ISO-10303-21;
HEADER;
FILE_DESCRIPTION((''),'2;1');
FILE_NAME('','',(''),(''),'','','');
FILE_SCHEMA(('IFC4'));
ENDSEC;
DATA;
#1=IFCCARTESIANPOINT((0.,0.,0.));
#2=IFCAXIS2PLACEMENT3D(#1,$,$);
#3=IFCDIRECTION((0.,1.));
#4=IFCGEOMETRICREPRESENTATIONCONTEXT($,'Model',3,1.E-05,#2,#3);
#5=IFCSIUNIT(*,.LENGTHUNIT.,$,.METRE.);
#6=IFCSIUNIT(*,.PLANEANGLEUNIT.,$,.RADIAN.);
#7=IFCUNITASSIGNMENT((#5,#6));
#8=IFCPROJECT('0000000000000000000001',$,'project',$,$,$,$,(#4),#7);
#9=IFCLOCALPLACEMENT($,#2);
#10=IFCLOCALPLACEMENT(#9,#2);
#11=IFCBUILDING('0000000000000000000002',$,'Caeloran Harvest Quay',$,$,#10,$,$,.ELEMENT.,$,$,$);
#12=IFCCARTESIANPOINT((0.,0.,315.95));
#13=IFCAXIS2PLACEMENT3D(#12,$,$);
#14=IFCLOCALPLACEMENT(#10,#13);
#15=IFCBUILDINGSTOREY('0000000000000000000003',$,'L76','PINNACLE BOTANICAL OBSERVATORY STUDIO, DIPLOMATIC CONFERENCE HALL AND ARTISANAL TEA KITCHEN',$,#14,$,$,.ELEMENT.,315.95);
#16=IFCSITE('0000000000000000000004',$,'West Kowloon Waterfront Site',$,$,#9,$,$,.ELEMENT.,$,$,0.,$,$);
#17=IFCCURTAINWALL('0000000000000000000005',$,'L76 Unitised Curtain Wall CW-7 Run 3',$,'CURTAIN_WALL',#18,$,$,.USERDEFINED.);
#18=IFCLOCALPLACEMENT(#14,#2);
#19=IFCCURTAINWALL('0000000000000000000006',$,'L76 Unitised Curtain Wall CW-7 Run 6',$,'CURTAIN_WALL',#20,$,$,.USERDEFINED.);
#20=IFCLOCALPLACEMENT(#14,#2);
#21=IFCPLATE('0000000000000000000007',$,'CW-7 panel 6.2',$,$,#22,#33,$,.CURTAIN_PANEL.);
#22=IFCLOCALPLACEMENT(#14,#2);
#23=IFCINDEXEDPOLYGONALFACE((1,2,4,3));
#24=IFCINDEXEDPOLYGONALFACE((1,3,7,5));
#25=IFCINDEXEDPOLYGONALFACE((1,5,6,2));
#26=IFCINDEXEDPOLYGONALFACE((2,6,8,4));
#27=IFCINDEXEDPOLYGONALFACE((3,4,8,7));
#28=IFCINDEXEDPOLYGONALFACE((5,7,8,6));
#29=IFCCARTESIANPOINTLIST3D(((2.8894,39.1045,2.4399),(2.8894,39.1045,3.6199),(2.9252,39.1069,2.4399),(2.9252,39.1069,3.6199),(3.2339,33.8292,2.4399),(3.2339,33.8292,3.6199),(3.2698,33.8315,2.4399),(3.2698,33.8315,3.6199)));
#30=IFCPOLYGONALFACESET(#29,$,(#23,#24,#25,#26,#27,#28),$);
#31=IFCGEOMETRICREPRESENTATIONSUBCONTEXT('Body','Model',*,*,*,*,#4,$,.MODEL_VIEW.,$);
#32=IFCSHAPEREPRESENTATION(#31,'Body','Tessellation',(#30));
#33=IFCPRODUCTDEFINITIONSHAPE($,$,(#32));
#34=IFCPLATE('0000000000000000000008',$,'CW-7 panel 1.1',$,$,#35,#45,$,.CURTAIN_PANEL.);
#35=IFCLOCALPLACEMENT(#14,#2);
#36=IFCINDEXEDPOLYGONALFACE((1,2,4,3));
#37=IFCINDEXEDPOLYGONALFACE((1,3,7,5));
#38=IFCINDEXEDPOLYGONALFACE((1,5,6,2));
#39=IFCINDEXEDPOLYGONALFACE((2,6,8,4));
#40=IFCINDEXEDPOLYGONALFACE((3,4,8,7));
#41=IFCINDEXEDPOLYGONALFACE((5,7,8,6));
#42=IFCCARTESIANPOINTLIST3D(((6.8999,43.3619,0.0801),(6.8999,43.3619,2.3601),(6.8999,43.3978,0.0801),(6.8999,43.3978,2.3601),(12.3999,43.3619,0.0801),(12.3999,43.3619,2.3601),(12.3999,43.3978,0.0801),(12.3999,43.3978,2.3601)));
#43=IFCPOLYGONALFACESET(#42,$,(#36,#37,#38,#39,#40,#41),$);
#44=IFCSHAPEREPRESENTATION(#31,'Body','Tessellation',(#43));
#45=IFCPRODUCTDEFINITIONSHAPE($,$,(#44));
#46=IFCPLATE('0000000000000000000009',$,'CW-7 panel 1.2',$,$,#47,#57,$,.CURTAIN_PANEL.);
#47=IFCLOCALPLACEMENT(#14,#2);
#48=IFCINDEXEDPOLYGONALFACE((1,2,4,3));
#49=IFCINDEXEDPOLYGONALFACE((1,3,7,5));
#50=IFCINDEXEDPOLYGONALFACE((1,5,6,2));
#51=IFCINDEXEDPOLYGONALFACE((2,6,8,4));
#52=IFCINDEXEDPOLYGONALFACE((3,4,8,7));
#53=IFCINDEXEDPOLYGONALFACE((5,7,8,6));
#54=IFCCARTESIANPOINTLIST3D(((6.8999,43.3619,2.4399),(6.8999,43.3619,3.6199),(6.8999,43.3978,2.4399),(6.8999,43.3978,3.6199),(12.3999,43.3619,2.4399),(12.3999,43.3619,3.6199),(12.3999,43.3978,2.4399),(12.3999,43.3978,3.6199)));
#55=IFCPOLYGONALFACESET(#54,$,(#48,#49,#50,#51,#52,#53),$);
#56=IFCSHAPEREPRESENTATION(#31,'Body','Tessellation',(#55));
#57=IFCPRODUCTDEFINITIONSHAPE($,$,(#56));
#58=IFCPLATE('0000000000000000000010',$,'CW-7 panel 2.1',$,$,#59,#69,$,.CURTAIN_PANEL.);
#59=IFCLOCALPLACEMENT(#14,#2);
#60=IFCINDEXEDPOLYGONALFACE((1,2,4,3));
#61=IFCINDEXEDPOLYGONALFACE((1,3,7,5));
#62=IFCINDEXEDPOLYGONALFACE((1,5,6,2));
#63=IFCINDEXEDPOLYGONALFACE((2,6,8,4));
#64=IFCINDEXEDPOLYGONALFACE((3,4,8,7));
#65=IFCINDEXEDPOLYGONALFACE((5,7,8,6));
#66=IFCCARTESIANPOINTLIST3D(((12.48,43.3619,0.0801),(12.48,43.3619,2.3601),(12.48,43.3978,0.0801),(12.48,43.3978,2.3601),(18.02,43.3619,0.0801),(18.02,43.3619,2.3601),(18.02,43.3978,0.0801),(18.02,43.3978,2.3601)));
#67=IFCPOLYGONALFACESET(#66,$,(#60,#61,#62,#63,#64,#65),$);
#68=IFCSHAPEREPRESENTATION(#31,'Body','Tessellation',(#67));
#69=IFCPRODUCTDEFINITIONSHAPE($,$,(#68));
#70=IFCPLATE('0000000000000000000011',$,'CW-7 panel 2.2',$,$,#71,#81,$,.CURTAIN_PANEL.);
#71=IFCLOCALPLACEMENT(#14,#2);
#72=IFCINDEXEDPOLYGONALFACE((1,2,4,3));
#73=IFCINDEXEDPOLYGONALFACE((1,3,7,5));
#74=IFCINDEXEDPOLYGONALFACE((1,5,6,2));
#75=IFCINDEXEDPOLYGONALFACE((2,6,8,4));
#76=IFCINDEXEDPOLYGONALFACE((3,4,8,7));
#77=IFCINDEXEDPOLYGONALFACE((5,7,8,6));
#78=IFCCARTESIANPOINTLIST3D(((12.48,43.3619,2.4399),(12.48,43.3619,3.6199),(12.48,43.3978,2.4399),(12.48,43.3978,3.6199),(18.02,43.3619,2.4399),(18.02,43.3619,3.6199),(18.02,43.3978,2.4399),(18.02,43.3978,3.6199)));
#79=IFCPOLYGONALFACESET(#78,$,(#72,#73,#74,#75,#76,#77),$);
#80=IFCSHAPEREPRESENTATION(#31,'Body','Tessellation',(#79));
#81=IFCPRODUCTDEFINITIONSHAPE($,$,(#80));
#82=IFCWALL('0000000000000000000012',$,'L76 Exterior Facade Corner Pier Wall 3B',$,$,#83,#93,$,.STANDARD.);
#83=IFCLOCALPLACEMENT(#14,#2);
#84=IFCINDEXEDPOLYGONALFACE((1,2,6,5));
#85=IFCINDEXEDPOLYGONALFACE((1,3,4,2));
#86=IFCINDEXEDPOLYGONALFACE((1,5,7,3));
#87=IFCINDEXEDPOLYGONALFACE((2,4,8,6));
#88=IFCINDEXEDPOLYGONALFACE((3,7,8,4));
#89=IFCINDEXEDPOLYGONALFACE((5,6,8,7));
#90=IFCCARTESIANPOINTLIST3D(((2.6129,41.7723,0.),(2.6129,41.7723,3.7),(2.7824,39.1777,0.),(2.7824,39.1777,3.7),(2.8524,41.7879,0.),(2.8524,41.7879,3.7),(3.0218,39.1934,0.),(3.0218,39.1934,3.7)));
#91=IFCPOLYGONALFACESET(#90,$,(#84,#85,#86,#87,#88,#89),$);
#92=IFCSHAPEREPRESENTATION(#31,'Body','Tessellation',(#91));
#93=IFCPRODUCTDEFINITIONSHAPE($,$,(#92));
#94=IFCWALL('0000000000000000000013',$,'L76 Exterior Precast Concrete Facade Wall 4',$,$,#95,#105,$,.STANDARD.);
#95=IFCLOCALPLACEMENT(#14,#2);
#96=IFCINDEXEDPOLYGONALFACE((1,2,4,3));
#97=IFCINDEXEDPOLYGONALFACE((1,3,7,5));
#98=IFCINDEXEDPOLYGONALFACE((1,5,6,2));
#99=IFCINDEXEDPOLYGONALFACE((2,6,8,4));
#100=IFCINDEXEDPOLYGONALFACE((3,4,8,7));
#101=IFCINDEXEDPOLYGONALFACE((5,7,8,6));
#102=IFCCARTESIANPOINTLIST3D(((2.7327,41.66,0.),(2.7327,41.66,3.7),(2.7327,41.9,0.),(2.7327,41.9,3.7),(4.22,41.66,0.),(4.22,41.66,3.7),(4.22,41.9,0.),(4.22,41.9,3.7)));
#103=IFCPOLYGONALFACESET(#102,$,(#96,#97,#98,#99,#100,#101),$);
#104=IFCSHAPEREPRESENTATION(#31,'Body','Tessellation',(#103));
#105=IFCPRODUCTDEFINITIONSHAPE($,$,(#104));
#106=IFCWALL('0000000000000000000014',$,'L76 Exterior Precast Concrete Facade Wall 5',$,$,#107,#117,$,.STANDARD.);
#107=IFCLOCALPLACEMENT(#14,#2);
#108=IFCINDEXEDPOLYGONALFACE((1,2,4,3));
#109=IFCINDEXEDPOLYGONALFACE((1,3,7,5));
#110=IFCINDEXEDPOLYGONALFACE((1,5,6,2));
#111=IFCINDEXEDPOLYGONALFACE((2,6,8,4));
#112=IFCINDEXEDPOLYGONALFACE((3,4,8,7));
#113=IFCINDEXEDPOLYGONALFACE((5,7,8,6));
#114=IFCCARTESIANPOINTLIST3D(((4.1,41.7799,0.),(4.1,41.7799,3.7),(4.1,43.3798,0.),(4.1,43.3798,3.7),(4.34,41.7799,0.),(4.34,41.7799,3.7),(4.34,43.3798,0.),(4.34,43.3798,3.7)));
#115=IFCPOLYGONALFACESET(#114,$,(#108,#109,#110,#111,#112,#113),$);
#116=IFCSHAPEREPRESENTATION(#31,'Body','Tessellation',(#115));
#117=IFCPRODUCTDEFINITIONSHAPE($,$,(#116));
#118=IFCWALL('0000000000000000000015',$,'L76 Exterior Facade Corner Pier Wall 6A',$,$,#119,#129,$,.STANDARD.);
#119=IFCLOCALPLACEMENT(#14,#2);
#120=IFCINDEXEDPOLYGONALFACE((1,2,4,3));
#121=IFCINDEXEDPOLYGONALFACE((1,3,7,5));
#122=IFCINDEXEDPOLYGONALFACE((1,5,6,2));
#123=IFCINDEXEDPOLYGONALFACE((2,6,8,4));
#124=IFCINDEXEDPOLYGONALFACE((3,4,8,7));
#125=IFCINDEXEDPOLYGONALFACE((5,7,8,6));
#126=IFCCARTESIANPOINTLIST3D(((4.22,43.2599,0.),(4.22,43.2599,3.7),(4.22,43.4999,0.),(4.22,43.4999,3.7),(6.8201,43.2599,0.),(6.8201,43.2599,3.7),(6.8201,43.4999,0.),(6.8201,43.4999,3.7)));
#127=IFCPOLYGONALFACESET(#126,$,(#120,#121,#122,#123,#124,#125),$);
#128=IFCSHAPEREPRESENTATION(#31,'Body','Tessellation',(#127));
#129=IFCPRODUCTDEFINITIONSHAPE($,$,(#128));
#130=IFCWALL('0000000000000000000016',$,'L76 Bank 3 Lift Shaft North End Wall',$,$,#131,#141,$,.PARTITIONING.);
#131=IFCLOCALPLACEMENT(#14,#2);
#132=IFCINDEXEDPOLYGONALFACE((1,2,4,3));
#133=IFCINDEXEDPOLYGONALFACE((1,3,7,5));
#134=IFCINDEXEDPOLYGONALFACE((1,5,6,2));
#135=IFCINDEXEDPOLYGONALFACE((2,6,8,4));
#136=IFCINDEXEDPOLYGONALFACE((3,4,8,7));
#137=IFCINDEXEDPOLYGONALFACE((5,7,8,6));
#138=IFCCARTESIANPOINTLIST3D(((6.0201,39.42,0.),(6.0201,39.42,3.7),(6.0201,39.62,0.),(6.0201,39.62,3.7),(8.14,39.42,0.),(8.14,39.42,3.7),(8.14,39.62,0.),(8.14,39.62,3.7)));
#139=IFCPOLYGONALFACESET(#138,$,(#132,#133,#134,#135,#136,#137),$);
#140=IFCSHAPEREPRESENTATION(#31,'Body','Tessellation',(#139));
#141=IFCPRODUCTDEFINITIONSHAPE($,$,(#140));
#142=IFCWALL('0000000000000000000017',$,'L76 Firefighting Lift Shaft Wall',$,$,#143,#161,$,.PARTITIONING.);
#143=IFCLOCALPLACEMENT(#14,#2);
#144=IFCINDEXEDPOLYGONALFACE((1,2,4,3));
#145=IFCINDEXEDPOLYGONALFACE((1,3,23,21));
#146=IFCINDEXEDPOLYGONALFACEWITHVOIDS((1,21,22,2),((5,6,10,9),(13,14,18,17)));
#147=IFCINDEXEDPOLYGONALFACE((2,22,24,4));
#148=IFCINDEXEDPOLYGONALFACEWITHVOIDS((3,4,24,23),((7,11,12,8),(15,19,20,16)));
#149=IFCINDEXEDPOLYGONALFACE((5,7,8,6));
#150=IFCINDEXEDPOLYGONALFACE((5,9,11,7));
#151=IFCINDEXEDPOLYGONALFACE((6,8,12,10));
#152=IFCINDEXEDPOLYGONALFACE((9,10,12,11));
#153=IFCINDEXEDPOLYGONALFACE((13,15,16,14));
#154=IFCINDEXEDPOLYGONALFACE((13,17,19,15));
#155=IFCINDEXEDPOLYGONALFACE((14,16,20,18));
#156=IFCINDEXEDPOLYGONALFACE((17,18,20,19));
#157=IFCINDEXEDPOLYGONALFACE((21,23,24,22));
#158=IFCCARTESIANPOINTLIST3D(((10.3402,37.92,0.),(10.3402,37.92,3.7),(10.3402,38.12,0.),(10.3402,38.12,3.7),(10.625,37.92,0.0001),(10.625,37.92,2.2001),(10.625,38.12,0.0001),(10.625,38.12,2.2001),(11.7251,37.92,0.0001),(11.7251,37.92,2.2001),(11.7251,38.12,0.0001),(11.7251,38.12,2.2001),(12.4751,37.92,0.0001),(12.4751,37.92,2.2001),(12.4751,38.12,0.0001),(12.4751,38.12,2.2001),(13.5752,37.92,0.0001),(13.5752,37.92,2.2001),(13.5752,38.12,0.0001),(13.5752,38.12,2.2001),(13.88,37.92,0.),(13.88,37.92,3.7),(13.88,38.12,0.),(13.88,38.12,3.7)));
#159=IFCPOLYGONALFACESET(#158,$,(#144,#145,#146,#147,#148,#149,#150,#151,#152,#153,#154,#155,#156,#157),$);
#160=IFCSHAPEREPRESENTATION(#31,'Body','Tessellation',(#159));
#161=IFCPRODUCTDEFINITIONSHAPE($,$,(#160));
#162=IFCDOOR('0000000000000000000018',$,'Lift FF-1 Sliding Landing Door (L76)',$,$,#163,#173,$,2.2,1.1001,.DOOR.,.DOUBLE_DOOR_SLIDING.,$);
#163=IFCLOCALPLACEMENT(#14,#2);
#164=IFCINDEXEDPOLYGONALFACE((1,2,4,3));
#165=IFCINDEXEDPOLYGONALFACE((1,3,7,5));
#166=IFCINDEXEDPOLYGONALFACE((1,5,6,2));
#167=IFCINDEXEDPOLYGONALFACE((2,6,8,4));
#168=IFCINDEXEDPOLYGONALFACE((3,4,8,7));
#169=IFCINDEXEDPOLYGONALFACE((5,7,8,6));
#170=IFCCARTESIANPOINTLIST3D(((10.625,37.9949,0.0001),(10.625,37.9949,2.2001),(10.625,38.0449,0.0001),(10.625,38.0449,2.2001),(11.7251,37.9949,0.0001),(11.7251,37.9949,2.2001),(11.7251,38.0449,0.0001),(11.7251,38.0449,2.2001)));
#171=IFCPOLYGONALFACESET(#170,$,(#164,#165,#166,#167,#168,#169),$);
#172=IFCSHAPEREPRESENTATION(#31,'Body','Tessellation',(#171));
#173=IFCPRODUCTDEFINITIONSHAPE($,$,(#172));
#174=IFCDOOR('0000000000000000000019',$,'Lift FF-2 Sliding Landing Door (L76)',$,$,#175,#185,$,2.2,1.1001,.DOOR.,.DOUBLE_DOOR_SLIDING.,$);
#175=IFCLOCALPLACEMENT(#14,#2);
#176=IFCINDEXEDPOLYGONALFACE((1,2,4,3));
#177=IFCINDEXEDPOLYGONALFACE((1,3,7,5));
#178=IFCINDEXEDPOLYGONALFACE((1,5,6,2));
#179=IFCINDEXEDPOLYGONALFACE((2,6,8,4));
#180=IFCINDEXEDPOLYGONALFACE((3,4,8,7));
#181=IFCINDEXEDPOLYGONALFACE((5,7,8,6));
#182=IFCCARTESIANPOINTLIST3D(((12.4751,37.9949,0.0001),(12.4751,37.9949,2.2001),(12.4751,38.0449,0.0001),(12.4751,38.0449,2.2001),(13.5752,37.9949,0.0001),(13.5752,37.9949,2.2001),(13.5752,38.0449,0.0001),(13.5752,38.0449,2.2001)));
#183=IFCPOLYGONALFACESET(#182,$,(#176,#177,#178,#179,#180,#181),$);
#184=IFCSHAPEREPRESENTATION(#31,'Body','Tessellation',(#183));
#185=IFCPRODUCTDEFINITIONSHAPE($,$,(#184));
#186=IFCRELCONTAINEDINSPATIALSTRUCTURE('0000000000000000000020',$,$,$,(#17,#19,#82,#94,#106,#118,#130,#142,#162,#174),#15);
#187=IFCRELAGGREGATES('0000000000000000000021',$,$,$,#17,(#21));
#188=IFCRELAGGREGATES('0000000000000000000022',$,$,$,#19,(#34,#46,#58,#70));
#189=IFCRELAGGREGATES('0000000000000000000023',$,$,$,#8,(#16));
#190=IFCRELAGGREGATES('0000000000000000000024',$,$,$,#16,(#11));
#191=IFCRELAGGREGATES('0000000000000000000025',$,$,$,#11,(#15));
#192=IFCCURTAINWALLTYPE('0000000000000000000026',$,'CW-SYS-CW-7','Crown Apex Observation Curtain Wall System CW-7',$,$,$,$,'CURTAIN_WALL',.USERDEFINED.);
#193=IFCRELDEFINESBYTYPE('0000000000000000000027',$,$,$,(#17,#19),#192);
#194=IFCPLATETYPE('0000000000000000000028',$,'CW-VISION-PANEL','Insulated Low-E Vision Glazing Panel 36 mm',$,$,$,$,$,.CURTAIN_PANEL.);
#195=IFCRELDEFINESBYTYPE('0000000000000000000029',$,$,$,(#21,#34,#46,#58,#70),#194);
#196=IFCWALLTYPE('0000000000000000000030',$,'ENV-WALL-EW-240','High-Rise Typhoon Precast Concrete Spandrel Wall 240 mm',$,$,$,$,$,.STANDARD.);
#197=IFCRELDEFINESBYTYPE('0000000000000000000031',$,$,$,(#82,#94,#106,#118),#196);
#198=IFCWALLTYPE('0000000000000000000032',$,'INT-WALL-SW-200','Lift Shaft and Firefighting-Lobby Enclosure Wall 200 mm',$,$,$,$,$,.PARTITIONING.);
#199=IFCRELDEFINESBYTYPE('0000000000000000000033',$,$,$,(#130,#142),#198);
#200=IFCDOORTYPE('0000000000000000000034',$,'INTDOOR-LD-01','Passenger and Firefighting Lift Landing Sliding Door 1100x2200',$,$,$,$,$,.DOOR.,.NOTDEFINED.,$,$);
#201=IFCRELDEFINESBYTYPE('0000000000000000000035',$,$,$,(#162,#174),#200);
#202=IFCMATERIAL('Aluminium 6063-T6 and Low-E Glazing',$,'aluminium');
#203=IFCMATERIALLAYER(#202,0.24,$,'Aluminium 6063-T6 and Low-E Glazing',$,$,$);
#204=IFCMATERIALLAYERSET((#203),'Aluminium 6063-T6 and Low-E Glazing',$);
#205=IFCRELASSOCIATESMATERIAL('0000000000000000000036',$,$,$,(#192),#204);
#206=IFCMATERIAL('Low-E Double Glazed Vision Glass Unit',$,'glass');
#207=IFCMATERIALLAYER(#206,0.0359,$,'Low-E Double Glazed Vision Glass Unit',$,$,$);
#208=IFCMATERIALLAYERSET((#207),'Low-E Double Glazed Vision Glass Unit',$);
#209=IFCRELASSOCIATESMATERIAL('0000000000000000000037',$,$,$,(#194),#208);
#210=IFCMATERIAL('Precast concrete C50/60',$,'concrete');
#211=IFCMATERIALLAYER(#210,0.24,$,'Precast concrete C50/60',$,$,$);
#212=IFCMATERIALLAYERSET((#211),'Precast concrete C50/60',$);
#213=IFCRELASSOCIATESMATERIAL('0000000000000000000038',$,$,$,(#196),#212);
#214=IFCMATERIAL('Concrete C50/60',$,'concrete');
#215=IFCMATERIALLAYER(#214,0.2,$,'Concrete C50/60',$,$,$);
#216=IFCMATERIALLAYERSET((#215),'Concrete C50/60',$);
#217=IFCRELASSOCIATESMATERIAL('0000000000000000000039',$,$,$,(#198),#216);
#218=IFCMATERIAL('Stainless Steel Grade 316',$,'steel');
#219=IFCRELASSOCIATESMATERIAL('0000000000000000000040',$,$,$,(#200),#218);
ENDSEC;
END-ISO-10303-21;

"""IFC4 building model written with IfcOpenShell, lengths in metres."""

from ifc_helpers import new_model, si_unit, direction, frame, frame_2d, origin, origin_2d, place, context, subcontext, project, spatial, rectangle, extrude, material, layer, layer_set, type_object, element, fill, aggregate, save


model = new_model("IFC4")

# Units and contexts
model_context = context("Model", 3, precision=1e-05, world=origin(), true_north=direction((0.0, 1.0)))
body_context = subcontext(model_context, "Body", "Model", "MODEL_VIEW")
ifc_project = project(units=[si_unit("LENGTHUNIT", "METRE"), si_unit("PLANEANGLEUNIT", "RADIAN")], contexts=[model_context])

# Site, building, storey
site_placement = place(None, origin())
site = spatial("IfcSite", under=ifc_project, at=site_placement, Name="West Kowloon Waterfront Site", CompositionType="ELEMENT", RefElevation=0.0)
building_placement = place(site_placement, origin())
building = spatial("IfcBuilding", under=site, at=building_placement, Name="Caeloran Harvest Quay", CompositionType="ELEMENT")
storey_placement = place(building_placement, frame((0.0, 0.0, 315.95)))
storey = spatial("IfcBuildingStorey", under=building, at=storey_placement, Name="L76", Description="PINNACLE BOTANICAL OBSERVATORY STUDIO, DIPLOMATIC CONFERENCE HALL AND ARTISANAL TEA KITCHEN", CompositionType="ELEMENT", Elevation=315.95)

# Curtain walls
ifc_material_1 = material(Name="Aluminium 6063-T6 and Low-E Glazing", Category="aluminium")
ifc_layer_1 = layer(ifc_material_1, 0.24, Name="Aluminium 6063-T6 and Low-E Glazing")
ifc_layer_set_1 = layer_set([ifc_layer_1], Name="Aluminium 6063-T6 and Low-E Glazing")
curtain_wall_type = type_object("IfcCurtainWallType", Name="CW-SYS-CW-7", Description="Crown Apex Observation Curtain Wall System CW-7", ElementType="CURTAIN_WALL", PredefinedType="USERDEFINED", material=ifc_layer_set_1)
curtain_wall_1_placement = place(storey_placement, origin())
curtain_wall_1 = element("IfcCurtainWall", 1, at=curtain_wall_1_placement, inside=storey, type_object=curtain_wall_type, Name="L76 Unitised Curtain Wall CW-7 Run 3", ObjectType="CURTAIN_WALL", PredefinedType="USERDEFINED")
curtain_wall_2_placement = place(storey_placement, origin())
curtain_wall_2 = element("IfcCurtainWall", 2, at=curtain_wall_2_placement, inside=storey, type_object=curtain_wall_type, Name="L76 Unitised Curtain Wall CW-7 Run 6", ObjectType="CURTAIN_WALL", PredefinedType="USERDEFINED")

# Plates
ifc_material_2 = material(Name="Low-E Double Glazed Vision Glass Unit", Category="glass")
ifc_layer_2 = layer(ifc_material_2, 0.0359, Name="Low-E Double Glazed Vision Glass Unit")
ifc_layer_set_2 = layer_set([ifc_layer_2], Name="Low-E Double Glazed Vision Glass Unit")
plate_type = type_object("IfcPlateType", Name="CW-VISION-PANEL", Description="Insulated Low-E Vision Glazing Panel 36 mm", PredefinedType="CURTAIN_PANEL", material=ifc_layer_set_2)
plate_1_placement = place(storey_placement, frame((3.0796, 36.468, 2.4399), z_axis=(0.0, 0.0, 1.0), x_axis=(-0.065167, 0.997874, 0.0)))
plate_1 = element("IfcPlate", 3, at=plate_1_placement, type_object=plate_type, Name="CW-7 panel 6.2", PredefinedType="CURTAIN_PANEL", context=body_context, shape_type="SweptSolid", body=[
    extrude(rectangle(XDim=5.2866, YDim=0.0359, at=origin_2d()), origin(), (0.0, 0.0, 1.0), 1.1799),
])
aggregate(curtain_wall_1, [plate_1])
plate_2_placement = place(storey_placement, frame((9.6499, 43.3799, 0.0801), z_axis=(0.0, 0.0, 1.0), x_axis=(1.0, 0.0, 0.0)))
plate_2 = element("IfcPlate", 4, at=plate_2_placement, type_object=plate_type, Name="CW-7 panel 1.1", PredefinedType="CURTAIN_PANEL", context=body_context, shape_type="SweptSolid", body=[
    extrude(rectangle(XDim=5.5, YDim=0.0359, at=origin_2d()), origin(), (0.0, 0.0, 1.0), 2.28),
])
plate_3_placement = place(storey_placement, frame((9.6499, 43.3799, 2.4399), z_axis=(0.0, 0.0, 1.0), x_axis=(1.0, 0.0, 0.0)))
plate_3 = element("IfcPlate", 5, at=plate_3_placement, type_object=plate_type, Name="CW-7 panel 1.2", PredefinedType="CURTAIN_PANEL", context=body_context, shape_type="SweptSolid", body=[
    extrude(rectangle(XDim=5.5, YDim=0.0359, at=origin_2d()), origin(), (0.0, 0.0, 1.0), 1.1799),
])
plate_4_placement = place(storey_placement, frame((15.25, 43.3799, 0.0801), z_axis=(0.0, 0.0, 1.0), x_axis=(1.0, 0.0, 0.0)))
plate_4 = element("IfcPlate", 6, at=plate_4_placement, type_object=plate_type, Name="CW-7 panel 2.1", PredefinedType="CURTAIN_PANEL", context=body_context, shape_type="SweptSolid", body=[
    extrude(rectangle(XDim=5.54, YDim=0.0359, at=origin_2d()), origin(), (0.0, 0.0, 1.0), 2.28),
])
plate_5_placement = place(storey_placement, frame((15.25, 43.3799, 2.4399), z_axis=(0.0, 0.0, 1.0), x_axis=(1.0, 0.0, 0.0)))
plate_5 = element("IfcPlate", 7, at=plate_5_placement, type_object=plate_type, Name="CW-7 panel 2.2", PredefinedType="CURTAIN_PANEL", context=body_context, shape_type="SweptSolid", body=[
    extrude(rectangle(XDim=5.54, YDim=0.0359, at=origin_2d()), origin(), (0.0, 0.0, 1.0), 1.1799),
])
aggregate(curtain_wall_2, [plate_2, plate_3, plate_4, plate_5])

# Walls
ifc_material_3 = material(Name="Precast concrete C50/60", Category="concrete")
ifc_layer_3 = layer(ifc_material_3, 0.24, Name="Precast concrete C50/60")
ifc_layer_set_3 = layer_set([ifc_layer_3], Name="Precast concrete C50/60")
wall_type_1 = type_object("IfcWallType", Name="ENV-WALL-EW-240", Description="High-Rise Typhoon Precast Concrete Spandrel Wall 240 mm", PredefinedType="STANDARD", material=ifc_layer_set_3)
wall_1_placement = place(storey_placement, frame((2.9021, 39.1855, 0.0), z_axis=(0.0, 0.0, 1.0), x_axis=(-0.065167, 0.997874, 0.0)))
element("IfcWall", 8, at=wall_1_placement, inside=storey, type_object=wall_type_1, Name="L76 Exterior Facade Corner Pier Wall 3B", PredefinedType="STANDARD", context=body_context, shape_type="SweptSolid", body=[
    extrude(rectangle(XDim=2.6001, YDim=0.24, at=frame_2d((1.3, 0.0))), origin(), (0.0, 0.0, 1.0), 3.7),
])
wall_2_placement = place(storey_placement, frame((2.7327, 41.78, 0.0), z_axis=(0.0, 0.0, 1.0), x_axis=(1.0, 0.0, 0.0)))
element("IfcWall", 9, at=wall_2_placement, inside=storey, type_object=wall_type_1, Name="L76 Exterior Precast Concrete Facade Wall 4", PredefinedType="STANDARD", context=body_context, shape_type="SweptSolid", body=[
    extrude(rectangle(XDim=1.4873, YDim=0.24, at=frame_2d((0.7437, 0.0))), origin(), (0.0, 0.0, 1.0), 3.7),
])
wall_3_placement = place(storey_placement, frame((4.22, 41.78, 0.0), z_axis=(0.0, 0.0, 1.0), x_axis=(0.0, 1.0, 0.0)))
element("IfcWall", 10, at=wall_3_placement, inside=storey, type_object=wall_type_1, Name="L76 Exterior Precast Concrete Facade Wall 5", PredefinedType="STANDARD", context=body_context, shape_type="SweptSolid", body=[
    extrude(rectangle(XDim=1.5999, YDim=0.24, at=frame_2d((0.7998, 0.0))), origin(), (0.0, 0.0, 1.0), 3.7),
])
wall_4_placement = place(storey_placement, frame((4.22, 43.3799, 0.0), z_axis=(0.0, 0.0, 1.0), x_axis=(1.0, 0.0, 0.0)))
element("IfcWall", 11, at=wall_4_placement, inside=storey, type_object=wall_type_1, Name="L76 Exterior Facade Corner Pier Wall 6A", PredefinedType="STANDARD", context=body_context, shape_type="SweptSolid", body=[
    extrude(rectangle(XDim=2.6001, YDim=0.24, at=frame_2d((1.3, 0.0))), origin(), (0.0, 0.0, 1.0), 3.7),
])
ifc_material_4 = material(Name="Concrete C50/60", Category="concrete")
ifc_layer_4 = layer(ifc_material_4, 0.2, Name="Concrete C50/60")
ifc_layer_set_4 = layer_set([ifc_layer_4], Name="Concrete C50/60")
wall_type_2 = type_object("IfcWallType", Name="INT-WALL-SW-200", Description="Lift Shaft and Firefighting-Lobby Enclosure Wall 200 mm", PredefinedType="PARTITIONING", material=ifc_layer_set_4)
wall_5_placement = place(storey_placement, frame((6.02, 39.52, 0.0), z_axis=(0.0, 0.0, 1.0), x_axis=(1.0, 0.0, 0.0)))
element("IfcWall", 12, at=wall_5_placement, inside=storey, type_object=wall_type_2, Name="L76 Bank 3 Lift Shaft North End Wall", PredefinedType="PARTITIONING", context=body_context, shape_type="SweptSolid", body=[
    extrude(rectangle(XDim=2.1199, YDim=0.2, at=frame_2d((1.0601, 0.0))), origin(), (0.0, 0.0, 1.0), 3.7),
])

# Wall, openings, doors
wall_6_placement = place(storey_placement, frame((10.3401, 38.02, 0.0), z_axis=(0.0, 0.0, 1.0), x_axis=(1.0, 0.0, 0.0)))
wall_6 = element("IfcWall", 13, at=wall_6_placement, inside=storey, type_object=wall_type_2, Name="L76 Firefighting Lift Shaft Wall", PredefinedType="PARTITIONING", context=body_context, shape_type="SweptSolid", body=[
    extrude(rectangle(XDim=3.5398, YDim=0.2, at=frame_2d((1.77, 0.0))), origin(), (0.0, 0.0, 1.0), 3.7),
])
opening_1_placement = place(wall_6_placement, frame((0.2849, 0.0, 0.0)))
opening_1 = element("IfcOpeningElement", 14, at=opening_1_placement, cuts=wall_6, PredefinedType="OPENING", context=body_context, shape_type="SweptSolid", body=[
    extrude(rectangle(XDim=1.1001, YDim=2.2, at=frame_2d((0.55, 1.1001))), frame((0.0, 0.1099, 0.0), z_axis=(0.0, -1.0, 0.0), x_axis=(1.0, 0.0, 0.0)), (0.0, 0.0, 1.0), 0.22),
])
opening_2_placement = place(wall_6_placement, frame((2.135, 0.0, 0.0)))
opening_2 = element("IfcOpeningElement", 15, at=opening_2_placement, cuts=wall_6, PredefinedType="OPENING", context=body_context, shape_type="SweptSolid", body=[
    extrude(rectangle(XDim=1.1001, YDim=2.2, at=frame_2d((0.55, 1.1001))), frame((0.0, 0.1099, 0.0), z_axis=(0.0, -1.0, 0.0), x_axis=(1.0, 0.0, 0.0)), (0.0, 0.0, 1.0), 0.22),
])
ifc_material_5 = material(Name="Stainless Steel Grade 316", Category="steel")
door_type_1 = type_object("IfcDoorType", Name="INTDOOR-LD-01", Description="Passenger and Firefighting Lift Landing Sliding Door 1100x2200", OperationType="NOTDEFINED", PredefinedType="DOOR", material=ifc_material_5)
door_1_placement = place(opening_1_placement, origin())
door_1 = element("IfcDoor", 16, at=door_1_placement, inside=storey, type_object=door_type_1, Name="Lift FF-1 Sliding Landing Door (L76)", OperationType="DOUBLE_DOOR_SLIDING", OverallHeight=2.2, OverallWidth=1.1001, PredefinedType="DOOR", context=body_context, shape_type="SweptSolid", body=[
    extrude(rectangle(XDim=1.1001, YDim=2.2, at=frame_2d((0.55, 1.1001))), frame((0.0, 0.0249, 0.0), z_axis=(0.0, -1.0, 0.0), x_axis=(1.0, 0.0, 0.0)), (0.0, 0.0, 1.0), 0.05),
])
fill(opening_1, door_1)
door_2_placement = place(opening_2_placement, origin())
door_2 = element("IfcDoor", 17, at=door_2_placement, inside=storey, type_object=door_type_1, Name="Lift FF-2 Sliding Landing Door (L76)", OperationType="DOUBLE_DOOR_SLIDING", OverallHeight=2.2, OverallWidth=1.1001, PredefinedType="DOOR", context=body_context, shape_type="SweptSolid", body=[
    extrude(rectangle(XDim=1.1001, YDim=2.2, at=frame_2d((0.55, 1.1001))), frame((0.0, 0.0249, 0.0), z_axis=(0.0, -1.0, 0.0), x_axis=(1.0, 0.0, 0.0)), (0.0, 0.0, 1.0), 0.05),
])
fill(opening_2, door_2)

save(model, "model.ifc")
